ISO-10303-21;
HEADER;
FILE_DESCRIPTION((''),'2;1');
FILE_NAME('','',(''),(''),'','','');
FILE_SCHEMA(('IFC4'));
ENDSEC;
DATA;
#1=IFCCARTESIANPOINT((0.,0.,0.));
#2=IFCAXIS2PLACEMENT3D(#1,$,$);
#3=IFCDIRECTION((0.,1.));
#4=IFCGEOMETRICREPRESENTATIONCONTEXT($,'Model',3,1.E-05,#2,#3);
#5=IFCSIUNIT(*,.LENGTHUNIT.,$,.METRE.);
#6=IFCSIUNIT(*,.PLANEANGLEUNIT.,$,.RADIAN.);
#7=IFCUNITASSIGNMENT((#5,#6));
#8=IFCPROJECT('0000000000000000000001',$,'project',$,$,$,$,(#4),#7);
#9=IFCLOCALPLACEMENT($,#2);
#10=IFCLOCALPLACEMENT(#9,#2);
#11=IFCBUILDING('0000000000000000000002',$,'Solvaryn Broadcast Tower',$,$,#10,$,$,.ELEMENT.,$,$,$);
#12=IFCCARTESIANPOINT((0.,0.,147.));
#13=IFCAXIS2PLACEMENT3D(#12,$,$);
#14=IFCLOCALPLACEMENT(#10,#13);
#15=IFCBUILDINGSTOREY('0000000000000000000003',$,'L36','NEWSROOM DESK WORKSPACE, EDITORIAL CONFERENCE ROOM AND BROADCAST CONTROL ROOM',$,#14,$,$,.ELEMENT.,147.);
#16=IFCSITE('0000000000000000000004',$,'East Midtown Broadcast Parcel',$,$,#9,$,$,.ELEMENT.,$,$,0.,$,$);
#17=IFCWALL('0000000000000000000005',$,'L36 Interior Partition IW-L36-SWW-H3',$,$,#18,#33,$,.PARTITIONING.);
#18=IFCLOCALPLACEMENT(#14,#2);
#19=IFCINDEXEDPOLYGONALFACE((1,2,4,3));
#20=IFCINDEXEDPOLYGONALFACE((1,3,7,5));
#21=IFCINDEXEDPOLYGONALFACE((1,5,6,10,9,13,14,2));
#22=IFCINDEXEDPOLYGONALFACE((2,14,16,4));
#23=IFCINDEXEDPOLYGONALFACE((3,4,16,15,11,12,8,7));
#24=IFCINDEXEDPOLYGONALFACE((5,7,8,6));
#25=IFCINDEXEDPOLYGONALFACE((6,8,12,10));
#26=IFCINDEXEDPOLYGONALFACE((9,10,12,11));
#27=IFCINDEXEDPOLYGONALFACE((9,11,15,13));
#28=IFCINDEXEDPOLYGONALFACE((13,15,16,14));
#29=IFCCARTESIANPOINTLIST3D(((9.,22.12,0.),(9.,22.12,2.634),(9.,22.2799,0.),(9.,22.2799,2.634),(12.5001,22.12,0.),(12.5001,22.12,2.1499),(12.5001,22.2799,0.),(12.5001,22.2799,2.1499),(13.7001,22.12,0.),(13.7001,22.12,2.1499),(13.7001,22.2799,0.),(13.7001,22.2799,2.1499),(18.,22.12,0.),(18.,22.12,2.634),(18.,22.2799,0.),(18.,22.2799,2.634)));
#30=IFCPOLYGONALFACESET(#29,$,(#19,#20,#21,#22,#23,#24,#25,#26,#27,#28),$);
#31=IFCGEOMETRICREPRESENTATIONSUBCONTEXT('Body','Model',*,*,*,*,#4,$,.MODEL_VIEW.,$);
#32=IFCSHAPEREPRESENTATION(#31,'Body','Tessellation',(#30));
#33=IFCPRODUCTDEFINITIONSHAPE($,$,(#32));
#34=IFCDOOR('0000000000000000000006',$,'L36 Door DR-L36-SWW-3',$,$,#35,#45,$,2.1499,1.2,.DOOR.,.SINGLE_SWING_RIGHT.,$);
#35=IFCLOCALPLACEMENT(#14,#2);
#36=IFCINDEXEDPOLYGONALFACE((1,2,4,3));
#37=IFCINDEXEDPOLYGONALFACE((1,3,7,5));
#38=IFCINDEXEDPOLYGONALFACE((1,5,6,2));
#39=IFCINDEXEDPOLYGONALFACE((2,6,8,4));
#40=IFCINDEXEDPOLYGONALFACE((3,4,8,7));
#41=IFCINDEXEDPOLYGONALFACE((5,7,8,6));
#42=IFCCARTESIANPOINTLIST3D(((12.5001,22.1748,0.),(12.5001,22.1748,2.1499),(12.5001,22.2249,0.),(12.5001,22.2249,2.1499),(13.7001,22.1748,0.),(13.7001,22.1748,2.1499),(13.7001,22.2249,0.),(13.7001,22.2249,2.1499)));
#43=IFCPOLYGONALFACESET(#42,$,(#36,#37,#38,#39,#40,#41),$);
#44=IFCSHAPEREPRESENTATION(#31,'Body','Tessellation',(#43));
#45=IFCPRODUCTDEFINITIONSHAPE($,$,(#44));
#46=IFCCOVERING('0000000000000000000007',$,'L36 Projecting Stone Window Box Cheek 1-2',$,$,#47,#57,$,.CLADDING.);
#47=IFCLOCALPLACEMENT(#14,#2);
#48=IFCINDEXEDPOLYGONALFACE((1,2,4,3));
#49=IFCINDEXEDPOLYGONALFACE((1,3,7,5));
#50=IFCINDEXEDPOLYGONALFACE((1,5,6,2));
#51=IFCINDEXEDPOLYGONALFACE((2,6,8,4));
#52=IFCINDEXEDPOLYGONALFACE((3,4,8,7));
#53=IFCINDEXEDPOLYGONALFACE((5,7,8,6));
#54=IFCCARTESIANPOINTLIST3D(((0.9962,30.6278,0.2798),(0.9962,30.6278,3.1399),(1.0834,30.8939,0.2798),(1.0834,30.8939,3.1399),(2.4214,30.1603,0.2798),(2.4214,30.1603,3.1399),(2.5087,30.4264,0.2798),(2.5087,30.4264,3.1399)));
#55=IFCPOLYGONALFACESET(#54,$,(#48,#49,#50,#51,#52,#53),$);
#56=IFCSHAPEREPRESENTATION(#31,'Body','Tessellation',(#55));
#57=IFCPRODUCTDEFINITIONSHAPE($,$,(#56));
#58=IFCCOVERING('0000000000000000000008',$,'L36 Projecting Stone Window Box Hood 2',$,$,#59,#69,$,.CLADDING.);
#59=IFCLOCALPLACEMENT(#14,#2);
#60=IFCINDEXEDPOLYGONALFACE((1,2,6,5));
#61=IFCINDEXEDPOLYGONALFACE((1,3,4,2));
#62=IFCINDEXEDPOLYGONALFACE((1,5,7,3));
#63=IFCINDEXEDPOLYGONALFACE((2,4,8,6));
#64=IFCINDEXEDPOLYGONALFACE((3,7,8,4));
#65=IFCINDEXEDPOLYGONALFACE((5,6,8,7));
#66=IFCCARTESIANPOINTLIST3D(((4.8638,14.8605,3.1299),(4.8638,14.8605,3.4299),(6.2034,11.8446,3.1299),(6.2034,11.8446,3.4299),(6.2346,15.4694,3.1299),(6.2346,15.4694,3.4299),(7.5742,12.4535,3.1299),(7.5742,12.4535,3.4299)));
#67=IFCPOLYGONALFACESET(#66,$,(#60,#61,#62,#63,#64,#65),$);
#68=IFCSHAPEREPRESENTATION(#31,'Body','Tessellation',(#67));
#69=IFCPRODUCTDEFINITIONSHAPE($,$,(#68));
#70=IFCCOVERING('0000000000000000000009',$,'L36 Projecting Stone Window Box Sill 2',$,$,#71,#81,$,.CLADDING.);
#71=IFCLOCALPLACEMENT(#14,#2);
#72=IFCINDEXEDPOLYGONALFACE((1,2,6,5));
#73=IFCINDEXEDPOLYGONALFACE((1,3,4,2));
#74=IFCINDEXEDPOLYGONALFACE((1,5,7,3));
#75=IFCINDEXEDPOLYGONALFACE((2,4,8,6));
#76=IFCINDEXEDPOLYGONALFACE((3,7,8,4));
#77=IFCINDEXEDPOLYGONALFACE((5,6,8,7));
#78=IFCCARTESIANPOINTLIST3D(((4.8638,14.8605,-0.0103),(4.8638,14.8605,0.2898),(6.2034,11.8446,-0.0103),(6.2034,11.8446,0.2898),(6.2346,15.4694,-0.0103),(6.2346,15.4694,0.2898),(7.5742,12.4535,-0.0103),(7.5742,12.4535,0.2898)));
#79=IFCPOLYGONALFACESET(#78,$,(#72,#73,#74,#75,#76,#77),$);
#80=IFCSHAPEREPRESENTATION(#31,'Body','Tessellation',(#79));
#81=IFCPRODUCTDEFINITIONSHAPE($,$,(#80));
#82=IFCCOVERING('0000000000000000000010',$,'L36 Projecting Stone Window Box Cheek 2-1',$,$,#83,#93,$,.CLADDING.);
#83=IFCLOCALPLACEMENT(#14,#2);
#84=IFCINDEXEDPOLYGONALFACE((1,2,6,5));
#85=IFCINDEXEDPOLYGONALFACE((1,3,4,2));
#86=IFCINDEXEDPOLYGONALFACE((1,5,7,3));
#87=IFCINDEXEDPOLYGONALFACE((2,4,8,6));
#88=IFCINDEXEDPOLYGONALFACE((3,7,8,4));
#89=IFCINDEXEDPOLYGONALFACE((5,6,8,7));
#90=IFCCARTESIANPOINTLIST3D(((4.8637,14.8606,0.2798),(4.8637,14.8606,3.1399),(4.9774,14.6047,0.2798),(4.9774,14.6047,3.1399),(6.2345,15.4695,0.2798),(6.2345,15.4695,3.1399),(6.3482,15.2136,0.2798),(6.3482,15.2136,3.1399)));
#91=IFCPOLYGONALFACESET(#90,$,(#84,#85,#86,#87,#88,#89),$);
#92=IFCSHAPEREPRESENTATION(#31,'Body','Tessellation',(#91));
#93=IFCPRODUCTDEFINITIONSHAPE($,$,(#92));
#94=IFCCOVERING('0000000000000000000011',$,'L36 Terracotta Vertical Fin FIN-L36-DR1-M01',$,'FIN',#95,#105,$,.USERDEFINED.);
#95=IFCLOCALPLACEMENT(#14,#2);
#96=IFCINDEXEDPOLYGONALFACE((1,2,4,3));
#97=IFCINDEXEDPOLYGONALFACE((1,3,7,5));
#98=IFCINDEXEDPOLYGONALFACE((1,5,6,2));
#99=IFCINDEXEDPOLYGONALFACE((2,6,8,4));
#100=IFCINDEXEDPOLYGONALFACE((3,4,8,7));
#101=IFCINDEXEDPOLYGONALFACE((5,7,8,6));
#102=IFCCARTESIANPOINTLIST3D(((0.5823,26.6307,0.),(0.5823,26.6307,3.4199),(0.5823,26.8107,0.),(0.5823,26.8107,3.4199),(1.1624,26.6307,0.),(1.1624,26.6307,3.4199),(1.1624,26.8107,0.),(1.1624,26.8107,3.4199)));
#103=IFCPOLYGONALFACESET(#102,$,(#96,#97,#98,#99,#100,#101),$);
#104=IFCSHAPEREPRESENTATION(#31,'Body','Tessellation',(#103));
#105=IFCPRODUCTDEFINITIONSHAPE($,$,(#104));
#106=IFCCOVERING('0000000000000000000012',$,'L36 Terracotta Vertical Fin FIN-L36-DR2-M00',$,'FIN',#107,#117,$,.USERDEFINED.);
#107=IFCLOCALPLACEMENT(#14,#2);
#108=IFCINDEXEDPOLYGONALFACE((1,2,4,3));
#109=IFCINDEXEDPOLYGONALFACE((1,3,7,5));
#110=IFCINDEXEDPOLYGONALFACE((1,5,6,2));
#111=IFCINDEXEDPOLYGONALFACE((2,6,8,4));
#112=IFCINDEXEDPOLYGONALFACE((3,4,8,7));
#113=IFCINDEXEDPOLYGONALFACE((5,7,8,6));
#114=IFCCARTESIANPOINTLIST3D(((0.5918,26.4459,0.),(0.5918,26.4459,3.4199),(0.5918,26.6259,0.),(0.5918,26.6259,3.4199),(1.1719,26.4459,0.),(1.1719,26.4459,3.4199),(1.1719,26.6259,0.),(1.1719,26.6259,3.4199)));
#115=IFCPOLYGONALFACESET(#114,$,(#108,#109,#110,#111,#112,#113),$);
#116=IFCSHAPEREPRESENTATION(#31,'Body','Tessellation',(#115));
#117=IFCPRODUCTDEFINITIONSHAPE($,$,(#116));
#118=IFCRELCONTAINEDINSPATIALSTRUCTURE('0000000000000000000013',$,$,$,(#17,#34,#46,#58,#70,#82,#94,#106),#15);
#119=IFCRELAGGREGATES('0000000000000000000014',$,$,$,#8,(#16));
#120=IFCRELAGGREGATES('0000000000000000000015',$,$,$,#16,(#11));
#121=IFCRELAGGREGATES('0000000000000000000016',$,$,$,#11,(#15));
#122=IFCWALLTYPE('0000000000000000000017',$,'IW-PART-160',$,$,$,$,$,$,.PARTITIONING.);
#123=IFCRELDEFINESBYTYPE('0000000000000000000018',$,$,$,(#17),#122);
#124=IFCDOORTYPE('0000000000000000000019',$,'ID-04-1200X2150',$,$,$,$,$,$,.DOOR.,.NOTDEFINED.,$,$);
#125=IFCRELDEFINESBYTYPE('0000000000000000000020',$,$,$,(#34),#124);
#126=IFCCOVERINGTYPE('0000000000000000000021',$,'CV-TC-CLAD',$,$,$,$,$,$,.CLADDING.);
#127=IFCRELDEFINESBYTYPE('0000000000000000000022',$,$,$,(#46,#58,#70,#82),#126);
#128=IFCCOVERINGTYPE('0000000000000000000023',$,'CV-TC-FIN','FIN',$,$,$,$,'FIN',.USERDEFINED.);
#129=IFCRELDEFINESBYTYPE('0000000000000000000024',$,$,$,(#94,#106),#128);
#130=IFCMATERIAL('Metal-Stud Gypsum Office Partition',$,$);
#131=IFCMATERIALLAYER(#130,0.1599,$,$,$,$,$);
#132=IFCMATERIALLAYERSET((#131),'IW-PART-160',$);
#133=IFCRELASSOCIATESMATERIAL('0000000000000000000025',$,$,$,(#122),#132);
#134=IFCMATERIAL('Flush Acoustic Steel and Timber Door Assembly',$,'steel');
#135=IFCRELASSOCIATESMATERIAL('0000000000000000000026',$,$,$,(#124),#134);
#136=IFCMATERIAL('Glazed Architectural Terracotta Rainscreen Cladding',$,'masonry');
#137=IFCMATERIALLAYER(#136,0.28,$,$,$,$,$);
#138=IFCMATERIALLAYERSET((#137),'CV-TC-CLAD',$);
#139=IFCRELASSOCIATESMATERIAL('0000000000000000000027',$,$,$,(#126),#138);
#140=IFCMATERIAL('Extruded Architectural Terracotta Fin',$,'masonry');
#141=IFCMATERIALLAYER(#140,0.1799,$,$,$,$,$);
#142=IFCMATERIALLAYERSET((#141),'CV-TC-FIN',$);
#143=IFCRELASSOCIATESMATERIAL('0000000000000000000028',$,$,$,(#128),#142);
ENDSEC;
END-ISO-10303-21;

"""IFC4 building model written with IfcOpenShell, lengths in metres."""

from ifc_helpers import new_model, si_unit, direction, frame, frame_2d, origin, origin_2d, place, context, subcontext, project, spatial, rectangle, extrude, material, layer, layer_set, type_object, element, fill, save


model = new_model("IFC4")

# Units and contexts
model_context = context("Model", 3, precision=1e-05, world=origin(), true_north=direction((0.0, 1.0)))
body_context = subcontext(model_context, "Body", "Model", "MODEL_VIEW")
ifc_project = project(units=[si_unit("LENGTHUNIT", "METRE"), si_unit("PLANEANGLEUNIT", "RADIAN")], contexts=[model_context])

# Site, building, storey
site_placement = place(None, origin())
site = spatial("IfcSite", under=ifc_project, at=site_placement, Name="East Midtown Broadcast Parcel", CompositionType="ELEMENT", RefElevation=0.0)
building_placement = place(site_placement, origin())
building = spatial("IfcBuilding", under=site, at=building_placement, Name="Solvaryn Broadcast Tower", CompositionType="ELEMENT")
storey_placement = place(building_placement, frame((0.0, 0.0, 147.0)))
storey = spatial("IfcBuildingStorey", under=building, at=storey_placement, Name="L36", Description="NEWSROOM DESK WORKSPACE, EDITORIAL CONFERENCE ROOM AND BROADCAST CONTROL ROOM", CompositionType="ELEMENT", Elevation=147.0)

# Wall, opening, door
ifc_material_1 = material(Name="Metal-Stud Gypsum Office Partition")
ifc_layer_1 = layer(ifc_material_1, 0.1599)
ifc_layer_set_1 = layer_set([ifc_layer_1], Name="IW-PART-160")
wall_type = type_object("IfcWallType", Name="IW-PART-160", PredefinedType="PARTITIONING", material=ifc_layer_set_1)
wall_1_placement = place(storey_placement, frame((9.0, 22.2, 0.0), z_axis=(0.0, 0.0, 1.0), x_axis=(1.0, 0.0, 0.0)))
wall_1 = element("IfcWall", 1, at=wall_1_placement, inside=storey, type_object=wall_type, Name="L36 Interior Partition IW-L36-SWW-H3", PredefinedType="PARTITIONING", context=body_context, shape_type="SweptSolid", body=[
    extrude(rectangle(XDim=9.0, YDim=0.1599, at=frame_2d((4.5, 0.0))), origin(), (0.0, 0.0, 1.0), 2.634),
])
opening_1_placement = place(wall_1_placement, frame((3.5, 0.0, 0.0)))
opening_1 = element("IfcOpeningElement", 2, at=opening_1_placement, cuts=wall_1, PredefinedType="OPENING", context=body_context, shape_type="SweptSolid", body=[
    extrude(rectangle(XDim=1.2, YDim=2.1499, at=frame_2d((0.6001, 1.075))), frame((0.0, 0.0901, 0.0), z_axis=(0.0, -1.0, 0.0), x_axis=(1.0, 0.0, 0.0)), (0.0, 0.0, 1.0), 0.1799),
])
ifc_material_2 = material(Name="Flush Acoustic Steel and Timber Door Assembly", Category="steel")
door_type_1 = type_object("IfcDoorType", Name="ID-04-1200X2150", OperationType="NOTDEFINED", PredefinedType="DOOR", material=ifc_material_2)
door_1_placement = place(opening_1_placement, origin())
door_1 = element("IfcDoor", 3, at=door_1_placement, inside=storey, type_object=door_type_1, Name="L36 Door DR-L36-SWW-3", OperationType="SINGLE_SWING_RIGHT", OverallHeight=2.1499, OverallWidth=1.2, PredefinedType="DOOR", context=body_context, shape_type="SweptSolid", body=[
    extrude(rectangle(XDim=1.2, YDim=2.1499, at=frame_2d((0.6001, 1.075))), frame((0.0, 0.0249, 0.0), z_axis=(0.0, -1.0, 0.0), x_axis=(1.0, 0.0, 0.0)), (0.0, 0.0, 1.0), 0.05),
])
fill(opening_1, door_1)

# Coverings
ifc_material_3 = material(Name="Glazed Architectural Terracotta Rainscreen Cladding", Category="masonry")
ifc_layer_2 = layer(ifc_material_3, 0.28)
ifc_layer_set_2 = layer_set([ifc_layer_2], Name="CV-TC-CLAD")
covering_type_1 = type_object("IfcCoveringType", Name="CV-TC-CLAD", PredefinedType="CLADDING", material=ifc_layer_set_2)
covering_1_placement = place(storey_placement, frame((1.7524, 30.5271, 0.2798), z_axis=(0.0, 0.0, 1.0), x_axis=(-0.311672, -0.95019, 0.0)))
element("IfcCovering", 4, at=covering_1_placement, inside=storey, type_object=covering_type_1, Name="L36 Projecting Stone Window Box Cheek 1-2", PredefinedType="CLADDING", context=body_context, shape_type="SweptSolid", body=[
    extrude(rectangle(XDim=0.28, YDim=1.5, at=origin_2d()), origin(), (0.0, 0.0, 1.0), 2.8601),
])
for number, where, z_axis, x_axis, name in (
    (5, (6.219, 13.657, 3.1299), (0.0, 0.0, 1.0), (0.405939, -0.9139, 0.0), "L36 Projecting Stone Window Box Hood 2"),
    (6, (6.219, 13.657, -0.0103), (0.0, 0.0, 1.0), (0.405939, -0.9139, 0.0), "L36 Projecting Stone Window Box Sill 2"),
):
    element("IfcCovering", number, at=place(storey_placement, frame(where, z_axis=z_axis, x_axis=x_axis)), inside=storey, type_object=covering_type_1, Name=name, PredefinedType="CLADDING", context=body_context, shape_type="SweptSolid", body=[
        extrude(rectangle(XDim=3.3, YDim=1.5, at=origin_2d()), origin(), (0.0, 0.0, 1.0), 0.3),
    ])
covering_2_placement = place(storey_placement, frame((5.606, 15.0371, 0.2798), z_axis=(0.0, 0.0, 1.0), x_axis=(0.405939, -0.9139, 0.0)))
element("IfcCovering", 7, at=covering_2_placement, inside=storey, type_object=covering_type_1, Name="L36 Projecting Stone Window Box Cheek 2-1", PredefinedType="CLADDING", context=body_context, shape_type="SweptSolid", body=[
    extrude(rectangle(XDim=0.28, YDim=1.5, at=origin_2d()), origin(), (0.0, 0.0, 1.0), 2.8601),
])
ifc_material_4 = material(Name="Extruded Architectural Terracotta Fin", Category="masonry")
ifc_layer_3 = layer(ifc_material_4, 0.1799)
ifc_layer_set_3 = layer_set([ifc_layer_3], Name="CV-TC-FIN")
covering_type_2 = type_object("IfcCoveringType", Name="CV-TC-FIN", Description="FIN", ElementType="FIN", PredefinedType="USERDEFINED", material=ifc_layer_set_3)
for number, where, z_axis, x_axis, name in (
    (8, (0.8723, 26.7207, 0.0), (0.0, 0.0, 1.0), (1.0, 0.0, 0.0), "L36 Terracotta Vertical Fin FIN-L36-DR1-M01"),
    (9, (0.8818, 26.5359, 0.0), (0.0, 0.0, 1.0), (1.0, 0.0, 0.0), "L36 Terracotta Vertical Fin FIN-L36-DR2-M00"),
):
    element("IfcCovering", number, at=place(storey_placement, frame(where, z_axis=z_axis, x_axis=x_axis)), inside=storey, type_object=covering_type_2, Name=name, ObjectType="FIN", PredefinedType="USERDEFINED", context=body_context, shape_type="SweptSolid", body=[
        extrude(rectangle(XDim=0.5801, YDim=0.1799, at=origin_2d()), origin(), (0.0, 0.0, 1.0), 3.4199),
    ])

save(model, "model.ifc")
